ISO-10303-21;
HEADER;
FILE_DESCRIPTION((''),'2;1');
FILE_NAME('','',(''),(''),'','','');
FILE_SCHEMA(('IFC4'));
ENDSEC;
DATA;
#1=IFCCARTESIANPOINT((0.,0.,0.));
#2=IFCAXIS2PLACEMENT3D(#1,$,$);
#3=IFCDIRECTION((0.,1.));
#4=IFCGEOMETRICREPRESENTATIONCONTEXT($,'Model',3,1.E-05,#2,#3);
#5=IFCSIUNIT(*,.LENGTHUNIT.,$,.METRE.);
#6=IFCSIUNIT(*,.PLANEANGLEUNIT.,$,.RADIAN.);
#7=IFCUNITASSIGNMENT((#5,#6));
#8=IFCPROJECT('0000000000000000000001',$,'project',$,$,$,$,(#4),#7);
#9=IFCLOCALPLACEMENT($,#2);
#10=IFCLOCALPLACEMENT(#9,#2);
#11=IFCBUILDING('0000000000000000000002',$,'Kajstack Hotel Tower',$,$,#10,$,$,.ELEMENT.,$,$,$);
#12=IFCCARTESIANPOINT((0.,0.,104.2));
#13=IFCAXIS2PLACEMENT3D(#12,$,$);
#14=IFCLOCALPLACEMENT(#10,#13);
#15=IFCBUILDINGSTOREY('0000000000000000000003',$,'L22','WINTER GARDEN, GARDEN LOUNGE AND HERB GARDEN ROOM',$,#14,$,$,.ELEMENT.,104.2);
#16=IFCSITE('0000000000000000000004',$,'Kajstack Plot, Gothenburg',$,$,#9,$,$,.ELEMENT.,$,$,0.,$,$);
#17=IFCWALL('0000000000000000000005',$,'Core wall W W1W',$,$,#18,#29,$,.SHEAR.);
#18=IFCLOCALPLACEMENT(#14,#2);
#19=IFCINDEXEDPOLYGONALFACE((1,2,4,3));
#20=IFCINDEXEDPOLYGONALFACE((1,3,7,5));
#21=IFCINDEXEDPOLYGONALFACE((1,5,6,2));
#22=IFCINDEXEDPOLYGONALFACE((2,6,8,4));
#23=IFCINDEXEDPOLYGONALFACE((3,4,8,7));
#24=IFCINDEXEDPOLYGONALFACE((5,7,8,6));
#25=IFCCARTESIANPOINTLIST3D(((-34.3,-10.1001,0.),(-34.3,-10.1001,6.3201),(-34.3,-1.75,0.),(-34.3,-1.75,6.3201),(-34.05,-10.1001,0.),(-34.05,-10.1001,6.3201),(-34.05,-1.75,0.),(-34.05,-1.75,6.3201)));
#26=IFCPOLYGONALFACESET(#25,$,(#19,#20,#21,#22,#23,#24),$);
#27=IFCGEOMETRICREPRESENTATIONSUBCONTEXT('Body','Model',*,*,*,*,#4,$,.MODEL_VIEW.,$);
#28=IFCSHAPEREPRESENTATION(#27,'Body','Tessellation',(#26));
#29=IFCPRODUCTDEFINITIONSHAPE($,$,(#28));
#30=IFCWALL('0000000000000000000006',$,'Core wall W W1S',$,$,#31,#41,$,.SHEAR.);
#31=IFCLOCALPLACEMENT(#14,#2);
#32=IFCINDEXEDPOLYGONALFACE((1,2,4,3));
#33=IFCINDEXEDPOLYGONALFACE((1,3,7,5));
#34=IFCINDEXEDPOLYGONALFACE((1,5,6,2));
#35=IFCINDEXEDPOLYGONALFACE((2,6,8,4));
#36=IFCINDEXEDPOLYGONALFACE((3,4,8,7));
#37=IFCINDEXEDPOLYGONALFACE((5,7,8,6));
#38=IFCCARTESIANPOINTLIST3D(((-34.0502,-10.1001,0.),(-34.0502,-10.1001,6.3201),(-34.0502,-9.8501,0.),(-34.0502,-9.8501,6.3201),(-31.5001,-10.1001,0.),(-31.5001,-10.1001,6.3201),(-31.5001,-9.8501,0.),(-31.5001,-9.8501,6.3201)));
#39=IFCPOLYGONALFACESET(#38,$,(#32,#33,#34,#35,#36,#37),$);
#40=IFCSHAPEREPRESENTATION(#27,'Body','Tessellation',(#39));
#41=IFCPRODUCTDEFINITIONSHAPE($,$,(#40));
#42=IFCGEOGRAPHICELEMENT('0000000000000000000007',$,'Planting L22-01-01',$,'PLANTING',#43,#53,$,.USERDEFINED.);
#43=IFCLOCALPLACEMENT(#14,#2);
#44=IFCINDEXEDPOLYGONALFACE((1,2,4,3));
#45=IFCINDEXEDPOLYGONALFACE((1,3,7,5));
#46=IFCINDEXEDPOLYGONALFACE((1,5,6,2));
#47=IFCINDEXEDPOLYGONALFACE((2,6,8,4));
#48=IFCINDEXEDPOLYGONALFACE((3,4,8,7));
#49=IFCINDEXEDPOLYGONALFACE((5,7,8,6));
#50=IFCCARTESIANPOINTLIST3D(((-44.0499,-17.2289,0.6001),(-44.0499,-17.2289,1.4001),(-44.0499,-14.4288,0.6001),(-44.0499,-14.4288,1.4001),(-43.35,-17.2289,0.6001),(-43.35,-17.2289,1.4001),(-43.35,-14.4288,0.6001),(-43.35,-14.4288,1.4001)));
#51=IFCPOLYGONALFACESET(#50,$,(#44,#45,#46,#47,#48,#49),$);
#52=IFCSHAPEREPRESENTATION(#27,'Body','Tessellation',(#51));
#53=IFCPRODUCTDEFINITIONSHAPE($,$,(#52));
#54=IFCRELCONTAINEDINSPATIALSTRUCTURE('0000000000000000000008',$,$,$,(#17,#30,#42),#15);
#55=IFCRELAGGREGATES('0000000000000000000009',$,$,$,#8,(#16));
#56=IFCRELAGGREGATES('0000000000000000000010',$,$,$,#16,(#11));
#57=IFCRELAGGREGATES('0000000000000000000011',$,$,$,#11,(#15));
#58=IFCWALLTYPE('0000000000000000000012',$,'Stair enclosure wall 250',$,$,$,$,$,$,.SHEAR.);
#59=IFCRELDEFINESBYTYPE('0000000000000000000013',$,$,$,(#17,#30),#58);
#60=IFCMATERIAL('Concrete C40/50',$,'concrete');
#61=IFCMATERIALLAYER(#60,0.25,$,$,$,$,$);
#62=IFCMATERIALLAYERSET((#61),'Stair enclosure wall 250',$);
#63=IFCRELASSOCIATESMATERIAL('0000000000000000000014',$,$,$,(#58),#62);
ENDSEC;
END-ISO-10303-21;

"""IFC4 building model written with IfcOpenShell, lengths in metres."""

from ifc_helpers import new_model, si_unit, direction, frame, frame_2d, origin, origin_2d, place, context, subcontext, project, spatial, rectangle, extrude, material, layer, layer_set, type_object, element, save


model = new_model("IFC4")

# Units and contexts
model_context = context("Model", 3, precision=1e-05, world=origin(), true_north=direction((0.0, 1.0)))
body_context = subcontext(model_context, "Body", "Model", "MODEL_VIEW")
ifc_project = project(units=[si_unit("LENGTHUNIT", "METRE"), si_unit("PLANEANGLEUNIT", "RADIAN")], contexts=[model_context])

# Site, building, storey
site_placement = place(None, origin())
site = spatial("IfcSite", under=ifc_project, at=site_placement, Name="Kajstack Plot, Gothenburg", CompositionType="ELEMENT", RefElevation=0.0)
building_placement = place(site_placement, origin())
building = spatial("IfcBuilding", under=site, at=building_placement, Name="Kajstack Hotel Tower", CompositionType="ELEMENT")
storey_placement = place(building_placement, frame((0.0, 0.0, 104.2)))
storey = spatial("IfcBuildingStorey", under=building, at=storey_placement, Name="L22", Description="WINTER GARDEN, GARDEN LOUNGE AND HERB GARDEN ROOM", CompositionType="ELEMENT", Elevation=104.2)

# Walls
ifc_material_1 = material(Name="Concrete C40/50", Category="concrete")
ifc_layer_1 = layer(ifc_material_1, 0.25)
ifc_layer_set_1 = layer_set([ifc_layer_1], Name="Stair enclosure wall 250")
wall_type_1 = type_object("IfcWallType", Name="Stair enclosure wall 250", PredefinedType="SHEAR", material=ifc_layer_set_1)
wall_1_placement = place(storey_placement, frame((-34.175, -10.1001, 0.0), z_axis=(0.0, 0.0, 1.0), x_axis=(0.0, 1.0, 0.0)))
element("IfcWall", 1, at=wall_1_placement, inside=storey, type_object=wall_type_1, Name="Core wall W W1W", PredefinedType="SHEAR", context=body_context, shape_type="SweptSolid", body=[
    extrude(rectangle(XDim=8.3501, YDim=0.25, at=frame_2d((4.175, 0.0))), origin(), (0.0, 0.0, 1.0), 6.3201),
])
wall_2_placement = place(storey_placement, frame((-34.05, -9.9751, 0.0), z_axis=(0.0, 0.0, 1.0), x_axis=(1.0, 0.0, 0.0)))
element("IfcWall", 2, at=wall_2_placement, inside=storey, type_object=wall_type_1, Name="Core wall W W1S", PredefinedType="SHEAR", context=body_context, shape_type="SweptSolid", body=[
    extrude(rectangle(XDim=2.55, YDim=0.25, at=frame_2d((1.2749, 0.0))), origin(), (0.0, 0.0, 1.0), 6.3201),
])

# Geographic element
geographic_element_placement = place(storey_placement, frame((-43.7, -15.8289, 0.6001), z_axis=(0.0, 0.0, 1.0), x_axis=(0.0, 1.0, 0.0)))
element("IfcGeographicElement", 3, at=geographic_element_placement, inside=storey, Name="Planting L22-01-01", ObjectType="PLANTING", PredefinedType="USERDEFINED", context=body_context, shape_type="SweptSolid", body=[
    extrude(rectangle(XDim=2.8, YDim=0.7, at=origin_2d()), origin(), (0.0, 0.0, 1.0), 0.8),
])

save(model, "model.ifc")
